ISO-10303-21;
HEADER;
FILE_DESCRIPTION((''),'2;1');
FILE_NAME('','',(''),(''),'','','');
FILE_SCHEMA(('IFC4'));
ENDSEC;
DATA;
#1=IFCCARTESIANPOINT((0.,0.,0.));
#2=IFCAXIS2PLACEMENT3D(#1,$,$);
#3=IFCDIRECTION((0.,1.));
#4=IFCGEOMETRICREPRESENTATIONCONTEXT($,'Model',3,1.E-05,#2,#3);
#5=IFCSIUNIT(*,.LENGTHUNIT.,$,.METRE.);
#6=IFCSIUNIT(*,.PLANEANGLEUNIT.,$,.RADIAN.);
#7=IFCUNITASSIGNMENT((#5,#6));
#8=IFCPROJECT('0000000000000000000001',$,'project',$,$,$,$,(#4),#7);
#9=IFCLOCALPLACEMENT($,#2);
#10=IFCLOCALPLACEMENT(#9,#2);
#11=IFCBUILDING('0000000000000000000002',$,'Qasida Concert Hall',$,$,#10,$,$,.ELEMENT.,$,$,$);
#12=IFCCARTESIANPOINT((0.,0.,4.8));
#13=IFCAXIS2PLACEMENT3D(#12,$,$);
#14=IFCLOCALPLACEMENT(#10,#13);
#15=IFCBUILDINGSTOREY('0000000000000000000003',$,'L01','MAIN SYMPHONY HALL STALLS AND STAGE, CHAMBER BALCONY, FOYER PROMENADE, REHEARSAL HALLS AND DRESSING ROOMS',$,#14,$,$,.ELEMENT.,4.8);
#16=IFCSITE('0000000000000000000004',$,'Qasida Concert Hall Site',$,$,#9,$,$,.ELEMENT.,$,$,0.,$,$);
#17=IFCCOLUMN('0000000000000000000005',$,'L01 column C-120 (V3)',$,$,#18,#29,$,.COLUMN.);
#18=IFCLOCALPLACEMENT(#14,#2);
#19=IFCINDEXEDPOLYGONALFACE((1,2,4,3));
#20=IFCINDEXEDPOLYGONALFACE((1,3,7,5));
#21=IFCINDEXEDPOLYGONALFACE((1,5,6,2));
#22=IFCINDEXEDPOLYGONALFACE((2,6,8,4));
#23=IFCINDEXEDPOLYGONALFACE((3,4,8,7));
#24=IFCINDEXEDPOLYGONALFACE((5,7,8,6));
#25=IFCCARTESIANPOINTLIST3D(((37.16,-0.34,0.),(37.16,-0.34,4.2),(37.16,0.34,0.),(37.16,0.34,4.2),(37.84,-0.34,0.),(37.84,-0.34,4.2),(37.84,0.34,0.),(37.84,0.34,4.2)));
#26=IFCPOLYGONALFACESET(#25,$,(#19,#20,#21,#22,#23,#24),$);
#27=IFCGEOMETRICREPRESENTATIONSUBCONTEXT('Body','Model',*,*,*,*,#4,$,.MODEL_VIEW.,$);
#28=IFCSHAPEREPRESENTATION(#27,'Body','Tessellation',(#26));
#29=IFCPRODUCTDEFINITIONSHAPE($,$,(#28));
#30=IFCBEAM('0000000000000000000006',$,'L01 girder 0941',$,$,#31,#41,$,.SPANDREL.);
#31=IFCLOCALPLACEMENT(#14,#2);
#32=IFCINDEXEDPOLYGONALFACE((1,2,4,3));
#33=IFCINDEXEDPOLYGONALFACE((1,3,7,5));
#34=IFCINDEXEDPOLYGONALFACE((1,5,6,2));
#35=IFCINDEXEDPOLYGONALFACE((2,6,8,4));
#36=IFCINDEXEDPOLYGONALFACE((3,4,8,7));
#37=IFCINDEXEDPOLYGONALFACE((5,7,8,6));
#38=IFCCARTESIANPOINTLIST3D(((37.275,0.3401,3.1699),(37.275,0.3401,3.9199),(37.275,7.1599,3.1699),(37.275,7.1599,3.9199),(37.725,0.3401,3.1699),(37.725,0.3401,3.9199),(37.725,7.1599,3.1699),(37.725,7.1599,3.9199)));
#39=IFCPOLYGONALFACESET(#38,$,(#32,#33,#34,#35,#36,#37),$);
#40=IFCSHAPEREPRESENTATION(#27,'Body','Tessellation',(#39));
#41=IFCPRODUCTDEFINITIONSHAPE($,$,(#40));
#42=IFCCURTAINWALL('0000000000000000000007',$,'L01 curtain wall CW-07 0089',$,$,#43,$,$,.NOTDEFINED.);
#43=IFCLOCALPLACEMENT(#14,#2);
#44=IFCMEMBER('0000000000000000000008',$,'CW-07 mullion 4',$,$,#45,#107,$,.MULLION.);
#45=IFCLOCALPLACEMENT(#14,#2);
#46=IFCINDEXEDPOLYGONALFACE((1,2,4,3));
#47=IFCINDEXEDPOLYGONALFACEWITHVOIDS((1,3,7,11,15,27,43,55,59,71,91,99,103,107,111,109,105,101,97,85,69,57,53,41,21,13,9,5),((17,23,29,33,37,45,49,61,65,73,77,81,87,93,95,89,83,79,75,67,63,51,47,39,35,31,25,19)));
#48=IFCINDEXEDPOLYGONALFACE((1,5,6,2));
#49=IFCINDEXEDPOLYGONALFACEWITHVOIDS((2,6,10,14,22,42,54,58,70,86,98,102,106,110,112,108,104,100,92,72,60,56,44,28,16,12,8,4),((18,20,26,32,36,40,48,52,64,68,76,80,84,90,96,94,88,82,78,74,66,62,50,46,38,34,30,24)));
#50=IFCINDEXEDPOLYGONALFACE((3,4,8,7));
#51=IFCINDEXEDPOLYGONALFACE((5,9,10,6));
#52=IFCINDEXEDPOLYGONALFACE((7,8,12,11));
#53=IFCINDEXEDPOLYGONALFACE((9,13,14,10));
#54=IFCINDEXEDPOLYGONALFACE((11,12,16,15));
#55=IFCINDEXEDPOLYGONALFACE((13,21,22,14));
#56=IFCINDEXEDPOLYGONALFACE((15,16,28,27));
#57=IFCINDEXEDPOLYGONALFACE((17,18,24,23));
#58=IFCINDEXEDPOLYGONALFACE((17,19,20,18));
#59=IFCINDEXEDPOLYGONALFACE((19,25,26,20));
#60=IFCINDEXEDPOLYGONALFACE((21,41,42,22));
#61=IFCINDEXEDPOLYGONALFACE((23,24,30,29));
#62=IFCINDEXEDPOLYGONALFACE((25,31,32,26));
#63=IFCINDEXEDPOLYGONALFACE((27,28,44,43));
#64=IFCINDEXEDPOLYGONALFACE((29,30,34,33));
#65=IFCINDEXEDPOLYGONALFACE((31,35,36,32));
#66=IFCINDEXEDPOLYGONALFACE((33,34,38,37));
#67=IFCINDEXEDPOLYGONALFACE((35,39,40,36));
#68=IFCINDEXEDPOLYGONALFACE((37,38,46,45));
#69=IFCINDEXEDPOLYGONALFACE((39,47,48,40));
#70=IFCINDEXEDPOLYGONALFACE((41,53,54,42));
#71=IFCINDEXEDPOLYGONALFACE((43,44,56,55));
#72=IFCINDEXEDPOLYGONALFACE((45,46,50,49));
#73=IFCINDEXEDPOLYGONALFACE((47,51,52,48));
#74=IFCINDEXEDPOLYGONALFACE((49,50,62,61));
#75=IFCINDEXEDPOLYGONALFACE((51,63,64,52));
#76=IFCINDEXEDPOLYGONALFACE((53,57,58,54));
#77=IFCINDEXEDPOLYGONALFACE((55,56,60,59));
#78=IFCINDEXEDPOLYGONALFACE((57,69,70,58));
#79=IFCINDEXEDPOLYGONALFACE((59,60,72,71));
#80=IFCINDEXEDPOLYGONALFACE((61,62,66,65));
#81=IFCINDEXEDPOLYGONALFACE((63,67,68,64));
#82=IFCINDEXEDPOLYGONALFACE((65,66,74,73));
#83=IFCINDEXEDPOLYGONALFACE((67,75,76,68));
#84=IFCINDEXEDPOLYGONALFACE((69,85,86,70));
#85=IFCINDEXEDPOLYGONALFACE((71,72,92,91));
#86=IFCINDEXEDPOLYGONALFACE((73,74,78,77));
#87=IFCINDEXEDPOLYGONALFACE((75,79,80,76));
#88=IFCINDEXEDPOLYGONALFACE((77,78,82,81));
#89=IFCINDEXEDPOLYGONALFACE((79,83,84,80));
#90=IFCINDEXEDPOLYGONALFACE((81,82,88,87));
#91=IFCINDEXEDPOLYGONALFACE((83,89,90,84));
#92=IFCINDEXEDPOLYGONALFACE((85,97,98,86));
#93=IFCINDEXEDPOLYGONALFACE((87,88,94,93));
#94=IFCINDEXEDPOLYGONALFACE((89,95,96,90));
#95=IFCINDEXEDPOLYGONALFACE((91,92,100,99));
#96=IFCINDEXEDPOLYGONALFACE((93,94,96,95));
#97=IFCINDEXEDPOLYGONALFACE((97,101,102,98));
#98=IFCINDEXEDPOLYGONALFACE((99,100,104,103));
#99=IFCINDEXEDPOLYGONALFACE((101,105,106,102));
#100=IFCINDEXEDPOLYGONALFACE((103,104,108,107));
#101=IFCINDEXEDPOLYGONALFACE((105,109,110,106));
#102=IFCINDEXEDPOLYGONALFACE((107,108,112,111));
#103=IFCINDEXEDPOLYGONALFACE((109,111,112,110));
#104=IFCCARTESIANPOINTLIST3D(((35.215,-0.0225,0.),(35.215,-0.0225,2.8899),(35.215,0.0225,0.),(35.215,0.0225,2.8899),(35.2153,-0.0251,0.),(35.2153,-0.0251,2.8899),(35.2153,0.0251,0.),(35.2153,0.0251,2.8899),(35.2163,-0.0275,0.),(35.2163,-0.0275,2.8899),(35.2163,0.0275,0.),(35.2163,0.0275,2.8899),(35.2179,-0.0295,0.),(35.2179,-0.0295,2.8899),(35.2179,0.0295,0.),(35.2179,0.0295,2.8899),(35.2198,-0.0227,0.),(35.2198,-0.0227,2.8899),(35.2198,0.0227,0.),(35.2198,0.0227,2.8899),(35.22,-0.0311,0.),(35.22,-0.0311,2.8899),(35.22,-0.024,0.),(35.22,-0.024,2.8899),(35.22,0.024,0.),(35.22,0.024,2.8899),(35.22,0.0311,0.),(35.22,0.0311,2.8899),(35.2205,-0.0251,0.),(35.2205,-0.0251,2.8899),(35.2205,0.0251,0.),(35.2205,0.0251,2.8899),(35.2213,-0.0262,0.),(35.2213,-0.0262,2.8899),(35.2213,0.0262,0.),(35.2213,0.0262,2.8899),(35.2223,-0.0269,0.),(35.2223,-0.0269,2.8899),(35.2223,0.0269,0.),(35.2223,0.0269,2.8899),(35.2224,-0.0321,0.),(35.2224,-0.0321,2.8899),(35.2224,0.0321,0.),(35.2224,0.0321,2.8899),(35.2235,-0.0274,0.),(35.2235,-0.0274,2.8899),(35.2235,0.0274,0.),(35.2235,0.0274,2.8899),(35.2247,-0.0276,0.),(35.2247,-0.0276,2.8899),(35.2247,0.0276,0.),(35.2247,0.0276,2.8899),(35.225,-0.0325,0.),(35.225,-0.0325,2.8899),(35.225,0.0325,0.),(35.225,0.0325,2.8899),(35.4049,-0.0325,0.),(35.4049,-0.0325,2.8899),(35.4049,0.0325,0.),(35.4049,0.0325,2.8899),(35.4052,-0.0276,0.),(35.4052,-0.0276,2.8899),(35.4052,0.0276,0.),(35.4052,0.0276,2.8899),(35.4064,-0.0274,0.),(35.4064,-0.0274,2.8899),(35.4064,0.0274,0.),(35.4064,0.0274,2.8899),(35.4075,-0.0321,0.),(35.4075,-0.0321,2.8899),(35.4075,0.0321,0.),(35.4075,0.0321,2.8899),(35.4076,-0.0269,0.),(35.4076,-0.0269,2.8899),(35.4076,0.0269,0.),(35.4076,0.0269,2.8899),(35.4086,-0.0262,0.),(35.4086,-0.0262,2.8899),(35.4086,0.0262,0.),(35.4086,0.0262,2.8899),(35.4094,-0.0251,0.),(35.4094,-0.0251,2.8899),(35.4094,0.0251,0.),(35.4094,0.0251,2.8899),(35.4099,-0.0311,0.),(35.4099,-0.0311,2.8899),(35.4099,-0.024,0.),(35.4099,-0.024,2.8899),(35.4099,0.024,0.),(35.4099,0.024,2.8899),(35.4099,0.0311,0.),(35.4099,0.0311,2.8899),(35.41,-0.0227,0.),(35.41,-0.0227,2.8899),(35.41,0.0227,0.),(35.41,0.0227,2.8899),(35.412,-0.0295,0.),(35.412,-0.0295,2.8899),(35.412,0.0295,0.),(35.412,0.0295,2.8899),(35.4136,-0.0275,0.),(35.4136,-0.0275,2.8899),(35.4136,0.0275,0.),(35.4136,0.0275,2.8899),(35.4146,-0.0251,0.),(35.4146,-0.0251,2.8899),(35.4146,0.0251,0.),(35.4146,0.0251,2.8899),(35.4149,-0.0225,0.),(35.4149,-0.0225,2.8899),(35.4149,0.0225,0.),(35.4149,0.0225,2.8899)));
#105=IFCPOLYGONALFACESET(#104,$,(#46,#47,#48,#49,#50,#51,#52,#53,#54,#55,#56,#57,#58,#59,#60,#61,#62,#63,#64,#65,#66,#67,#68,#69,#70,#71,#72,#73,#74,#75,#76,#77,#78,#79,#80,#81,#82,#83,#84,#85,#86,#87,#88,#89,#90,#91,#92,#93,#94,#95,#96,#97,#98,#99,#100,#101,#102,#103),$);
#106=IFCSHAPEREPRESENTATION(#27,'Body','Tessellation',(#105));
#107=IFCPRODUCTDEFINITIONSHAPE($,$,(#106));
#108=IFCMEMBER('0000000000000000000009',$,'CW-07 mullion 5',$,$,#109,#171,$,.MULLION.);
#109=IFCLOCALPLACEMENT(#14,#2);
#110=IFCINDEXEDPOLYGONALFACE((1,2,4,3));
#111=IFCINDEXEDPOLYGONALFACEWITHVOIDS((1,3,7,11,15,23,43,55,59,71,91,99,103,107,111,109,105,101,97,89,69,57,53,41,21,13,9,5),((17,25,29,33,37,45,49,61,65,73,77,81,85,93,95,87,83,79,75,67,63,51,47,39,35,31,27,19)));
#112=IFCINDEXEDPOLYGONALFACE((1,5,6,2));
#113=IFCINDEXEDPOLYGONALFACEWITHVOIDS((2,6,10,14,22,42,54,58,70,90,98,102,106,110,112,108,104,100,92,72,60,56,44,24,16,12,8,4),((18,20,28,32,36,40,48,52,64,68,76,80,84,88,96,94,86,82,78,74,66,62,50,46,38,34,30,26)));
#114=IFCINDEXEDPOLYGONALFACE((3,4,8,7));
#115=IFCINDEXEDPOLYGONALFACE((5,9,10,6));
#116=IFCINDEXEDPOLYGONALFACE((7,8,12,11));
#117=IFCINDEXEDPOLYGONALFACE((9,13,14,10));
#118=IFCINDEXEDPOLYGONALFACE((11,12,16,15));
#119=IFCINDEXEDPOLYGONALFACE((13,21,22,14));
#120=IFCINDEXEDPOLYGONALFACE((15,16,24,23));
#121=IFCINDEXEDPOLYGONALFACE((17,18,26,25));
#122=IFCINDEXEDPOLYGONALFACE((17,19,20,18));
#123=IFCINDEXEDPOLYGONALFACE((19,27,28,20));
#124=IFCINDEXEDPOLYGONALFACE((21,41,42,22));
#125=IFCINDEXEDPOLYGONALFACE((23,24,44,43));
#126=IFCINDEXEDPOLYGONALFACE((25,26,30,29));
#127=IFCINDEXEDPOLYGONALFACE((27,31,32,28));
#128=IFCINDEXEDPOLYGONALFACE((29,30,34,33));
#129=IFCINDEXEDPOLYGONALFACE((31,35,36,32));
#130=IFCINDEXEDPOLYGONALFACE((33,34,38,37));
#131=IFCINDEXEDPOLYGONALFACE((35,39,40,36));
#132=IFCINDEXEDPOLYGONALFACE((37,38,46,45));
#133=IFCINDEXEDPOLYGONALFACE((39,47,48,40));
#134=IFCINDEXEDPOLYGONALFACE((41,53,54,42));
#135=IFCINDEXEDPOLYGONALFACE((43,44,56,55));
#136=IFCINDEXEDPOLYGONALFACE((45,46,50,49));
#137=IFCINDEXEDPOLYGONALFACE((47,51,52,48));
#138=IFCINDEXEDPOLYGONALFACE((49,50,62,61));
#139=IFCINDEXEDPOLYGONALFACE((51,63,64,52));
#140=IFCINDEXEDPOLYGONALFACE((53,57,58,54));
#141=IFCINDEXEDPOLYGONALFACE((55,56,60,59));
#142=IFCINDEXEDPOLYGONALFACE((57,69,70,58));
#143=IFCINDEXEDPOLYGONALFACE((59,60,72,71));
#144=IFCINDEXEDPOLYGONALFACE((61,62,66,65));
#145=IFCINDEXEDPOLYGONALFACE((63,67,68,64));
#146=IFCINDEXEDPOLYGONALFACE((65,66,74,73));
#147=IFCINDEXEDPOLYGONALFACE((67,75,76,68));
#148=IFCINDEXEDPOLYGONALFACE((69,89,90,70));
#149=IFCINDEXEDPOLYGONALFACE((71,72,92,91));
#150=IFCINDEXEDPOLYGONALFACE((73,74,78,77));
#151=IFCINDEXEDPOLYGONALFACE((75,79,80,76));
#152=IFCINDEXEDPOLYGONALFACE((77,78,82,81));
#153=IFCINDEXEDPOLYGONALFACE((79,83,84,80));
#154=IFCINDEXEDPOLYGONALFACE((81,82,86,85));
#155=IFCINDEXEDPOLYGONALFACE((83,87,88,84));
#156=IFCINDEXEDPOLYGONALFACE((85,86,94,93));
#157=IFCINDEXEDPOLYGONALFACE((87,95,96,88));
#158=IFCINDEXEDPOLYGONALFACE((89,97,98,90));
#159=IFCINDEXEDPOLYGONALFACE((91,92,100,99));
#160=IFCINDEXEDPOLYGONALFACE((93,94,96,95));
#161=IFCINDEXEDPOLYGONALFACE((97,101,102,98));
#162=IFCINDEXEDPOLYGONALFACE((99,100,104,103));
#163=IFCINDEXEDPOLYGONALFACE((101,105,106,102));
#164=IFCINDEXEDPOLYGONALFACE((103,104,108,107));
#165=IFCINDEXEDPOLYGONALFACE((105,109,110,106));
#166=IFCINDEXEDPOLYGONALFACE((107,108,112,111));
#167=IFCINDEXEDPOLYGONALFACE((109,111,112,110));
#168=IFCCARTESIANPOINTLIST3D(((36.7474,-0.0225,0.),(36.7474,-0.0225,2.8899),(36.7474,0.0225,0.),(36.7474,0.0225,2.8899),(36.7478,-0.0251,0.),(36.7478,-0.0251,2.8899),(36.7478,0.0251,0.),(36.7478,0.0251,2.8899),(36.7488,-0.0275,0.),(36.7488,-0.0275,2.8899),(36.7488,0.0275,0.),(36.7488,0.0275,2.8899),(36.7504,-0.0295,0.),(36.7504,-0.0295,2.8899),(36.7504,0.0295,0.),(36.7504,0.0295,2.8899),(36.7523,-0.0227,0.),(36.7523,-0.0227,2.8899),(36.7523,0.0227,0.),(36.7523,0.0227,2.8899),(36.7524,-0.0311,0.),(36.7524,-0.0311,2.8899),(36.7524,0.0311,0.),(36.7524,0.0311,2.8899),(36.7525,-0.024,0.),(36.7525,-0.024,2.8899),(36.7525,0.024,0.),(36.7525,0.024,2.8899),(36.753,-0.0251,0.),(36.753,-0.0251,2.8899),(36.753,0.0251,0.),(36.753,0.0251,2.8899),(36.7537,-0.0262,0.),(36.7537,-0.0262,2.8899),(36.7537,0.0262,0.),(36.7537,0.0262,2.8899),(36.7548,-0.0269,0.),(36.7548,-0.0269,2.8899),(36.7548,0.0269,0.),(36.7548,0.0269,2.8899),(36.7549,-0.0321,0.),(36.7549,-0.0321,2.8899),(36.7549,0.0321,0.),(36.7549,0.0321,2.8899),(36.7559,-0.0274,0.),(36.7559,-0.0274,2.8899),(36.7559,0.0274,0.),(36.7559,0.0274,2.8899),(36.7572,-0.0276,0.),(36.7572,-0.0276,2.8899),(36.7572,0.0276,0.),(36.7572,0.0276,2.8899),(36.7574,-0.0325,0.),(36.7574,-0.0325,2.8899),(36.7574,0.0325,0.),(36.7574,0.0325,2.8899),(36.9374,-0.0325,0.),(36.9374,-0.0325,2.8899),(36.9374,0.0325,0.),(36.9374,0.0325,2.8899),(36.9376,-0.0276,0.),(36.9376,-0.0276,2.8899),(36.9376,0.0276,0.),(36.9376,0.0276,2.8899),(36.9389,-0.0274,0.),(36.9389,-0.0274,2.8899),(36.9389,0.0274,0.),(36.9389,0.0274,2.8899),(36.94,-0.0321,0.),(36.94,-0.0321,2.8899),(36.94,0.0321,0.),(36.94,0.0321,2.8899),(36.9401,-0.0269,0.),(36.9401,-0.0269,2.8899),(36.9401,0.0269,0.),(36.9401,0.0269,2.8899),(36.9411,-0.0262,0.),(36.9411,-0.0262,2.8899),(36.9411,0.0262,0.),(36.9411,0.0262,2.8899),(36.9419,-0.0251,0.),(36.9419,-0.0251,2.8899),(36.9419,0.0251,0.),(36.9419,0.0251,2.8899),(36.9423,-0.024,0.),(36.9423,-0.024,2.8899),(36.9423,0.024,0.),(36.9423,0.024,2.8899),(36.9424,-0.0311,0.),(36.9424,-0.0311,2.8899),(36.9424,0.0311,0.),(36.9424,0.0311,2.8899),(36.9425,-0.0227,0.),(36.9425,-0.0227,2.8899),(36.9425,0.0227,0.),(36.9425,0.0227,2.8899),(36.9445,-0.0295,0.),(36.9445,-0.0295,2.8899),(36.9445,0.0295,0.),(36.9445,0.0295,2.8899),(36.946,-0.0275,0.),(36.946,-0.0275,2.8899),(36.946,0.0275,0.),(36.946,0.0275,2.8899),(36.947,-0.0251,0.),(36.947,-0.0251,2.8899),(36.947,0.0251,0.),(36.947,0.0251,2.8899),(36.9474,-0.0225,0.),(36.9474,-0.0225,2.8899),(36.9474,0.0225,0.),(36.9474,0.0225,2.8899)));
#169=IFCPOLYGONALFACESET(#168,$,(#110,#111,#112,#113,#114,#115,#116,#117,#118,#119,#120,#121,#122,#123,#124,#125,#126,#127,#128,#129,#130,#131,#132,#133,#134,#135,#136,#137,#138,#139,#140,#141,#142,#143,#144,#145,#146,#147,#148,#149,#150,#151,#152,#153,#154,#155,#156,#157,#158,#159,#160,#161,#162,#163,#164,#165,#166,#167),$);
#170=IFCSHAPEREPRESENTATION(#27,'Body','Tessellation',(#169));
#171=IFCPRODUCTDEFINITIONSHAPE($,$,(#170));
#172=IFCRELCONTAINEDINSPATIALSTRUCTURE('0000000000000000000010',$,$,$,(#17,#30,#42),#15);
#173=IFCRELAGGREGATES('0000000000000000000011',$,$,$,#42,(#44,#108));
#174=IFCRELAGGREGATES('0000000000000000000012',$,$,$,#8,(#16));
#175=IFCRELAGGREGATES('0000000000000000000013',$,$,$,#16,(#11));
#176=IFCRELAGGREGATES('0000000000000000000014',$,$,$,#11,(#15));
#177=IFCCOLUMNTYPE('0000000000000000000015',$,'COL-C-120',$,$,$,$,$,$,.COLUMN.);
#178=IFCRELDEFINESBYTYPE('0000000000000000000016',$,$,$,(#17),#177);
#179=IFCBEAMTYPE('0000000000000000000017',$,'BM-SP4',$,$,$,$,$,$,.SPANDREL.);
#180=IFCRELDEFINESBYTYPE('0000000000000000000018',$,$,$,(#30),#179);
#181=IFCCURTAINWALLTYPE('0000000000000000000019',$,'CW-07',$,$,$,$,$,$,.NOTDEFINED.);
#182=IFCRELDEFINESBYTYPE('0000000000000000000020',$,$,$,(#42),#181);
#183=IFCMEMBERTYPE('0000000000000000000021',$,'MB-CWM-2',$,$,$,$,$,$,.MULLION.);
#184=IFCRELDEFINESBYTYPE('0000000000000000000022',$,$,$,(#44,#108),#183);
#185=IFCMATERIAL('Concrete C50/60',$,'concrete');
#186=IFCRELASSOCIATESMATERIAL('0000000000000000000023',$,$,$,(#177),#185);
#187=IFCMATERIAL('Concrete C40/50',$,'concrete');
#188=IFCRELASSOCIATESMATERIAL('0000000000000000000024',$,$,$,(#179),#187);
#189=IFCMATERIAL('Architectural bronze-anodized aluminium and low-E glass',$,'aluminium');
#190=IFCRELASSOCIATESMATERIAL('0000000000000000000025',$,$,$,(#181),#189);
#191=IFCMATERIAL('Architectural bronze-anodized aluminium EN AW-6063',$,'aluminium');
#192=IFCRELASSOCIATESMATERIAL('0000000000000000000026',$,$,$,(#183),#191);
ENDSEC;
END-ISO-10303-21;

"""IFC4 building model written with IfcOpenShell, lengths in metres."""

from ifc_helpers import new_model, si_unit, direction, frame, origin, origin_2d, place, context, subcontext, project, spatial, rectangle, hollow_rectangle, extrude, material, material_profile, profile_set, type_object, element, aggregate, save


model = new_model("IFC4")

# Units and contexts
model_context = context("Model", 3, precision=1e-05, world=origin(), true_north=direction((0.0, 1.0)))
body_context = subcontext(model_context, "Body", "Model", "MODEL_VIEW")
ifc_project = project(units=[si_unit("LENGTHUNIT", "METRE"), si_unit("PLANEANGLEUNIT", "RADIAN")], contexts=[model_context])

# Site, building, storey
site_placement = place(None, origin())
site = spatial("IfcSite", under=ifc_project, at=site_placement, Name="Qasida Concert Hall Site", CompositionType="ELEMENT", RefElevation=0.0)
building_placement = place(site_placement, origin())
building = spatial("IfcBuilding", under=site, at=building_placement, Name="Qasida Concert Hall", CompositionType="ELEMENT")
storey_placement = place(building_placement, frame((0.0, 0.0, 4.8)))
storey = spatial("IfcBuildingStorey", under=building, at=storey_placement, Name="L01", Description="MAIN SYMPHONY HALL STALLS AND STAGE, CHAMBER BALCONY, FOYER PROMENADE, REHEARSAL HALLS AND DRESSING ROOMS", CompositionType="ELEMENT", Elevation=4.8)

# Column
ifc_material_1 = material(Name="Concrete C50/60", Category="concrete")
ifc_material_profile_1 = material_profile(ifc_material_1, rectangle(XDim=0.6799, YDim=0.6799, at=origin_2d()), Name="RC 680x680")
ifc_profile_set_1 = profile_set([ifc_material_profile_1], Name="Concrete C50/60")
column_type = type_object("IfcColumnType", Name="COL-C-120", PredefinedType="COLUMN", material=ifc_profile_set_1)
column_placement = place(storey_placement, frame((37.5, 0.0, 0.0), z_axis=(0.0, 0.0, 1.0), x_axis=(1.0, 0.0, 0.0)))
element("IfcColumn", 1, at=column_placement, inside=storey, type_object=column_type, Name="L01 column C-120 (V3)", PredefinedType="COLUMN", context=body_context, shape_type="SweptSolid", body=[
    extrude(rectangle(XDim=0.6799, YDim=0.6799, at=origin_2d()), origin(), (0.0, 0.0, 1.0), 4.2),
])

# Beam
ifc_material_2 = material(Name="Concrete C40/50", Category="concrete")
ifc_material_profile_2 = material_profile(ifc_material_2, rectangle(XDim=0.45, YDim=0.75, at=origin_2d()), Name="RC 450x750")
ifc_profile_set_2 = profile_set([ifc_material_profile_2], Name="Concrete C40/50")
beam_type = type_object("IfcBeamType", Name="BM-SP4", PredefinedType="SPANDREL", material=ifc_profile_set_2)
beam_placement = place(storey_placement, frame((37.5, 0.3401, 3.5449), z_axis=(0.0, 1.0, 0.0), x_axis=(-1.0, 0.0, 0.0)))
element("IfcBeam", 2, at=beam_placement, inside=storey, type_object=beam_type, Name="L01 girder 0941", PredefinedType="SPANDREL", context=body_context, shape_type="SweptSolid", body=[
    extrude(rectangle(XDim=0.45, YDim=0.75, at=origin_2d()), origin(), (0.0, 0.0, 1.0), 6.8198),
])

# Curtain wall, members
ifc_material_3 = material(Name="Architectural bronze-anodized aluminium and low-E glass", Category="aluminium")
curtain_wall_type = type_object("IfcCurtainWallType", Name="CW-07", PredefinedType="NOTDEFINED", material=ifc_material_3)
curtain_wall_1_placement = place(storey_placement, origin())
curtain_wall_1 = element("IfcCurtainWall", 3, at=curtain_wall_1_placement, inside=storey, type_object=curtain_wall_type, Name="L01 curtain wall CW-07 0089", PredefinedType="NOTDEFINED")
ifc_material_4 = material(Name="Architectural bronze-anodized aluminium EN AW-6063", Category="aluminium")
ifc_material_profile_3 = material_profile(ifc_material_4, hollow_rectangle(XDim=0.0649, YDim=0.2, WallThickness=0.0049, InnerFilletRadius=0.0049, OuterFilletRadius=0.01, at=origin_2d()), Name="CWM 200x65x5")
ifc_profile_set_3 = profile_set([ifc_material_profile_3], Name="Architectural bronze-anodized aluminium EN AW-6063")
member_type_1 = type_object("IfcMemberType", Name="MB-CWM-2", PredefinedType="MULLION", material=ifc_profile_set_3)
member_1_placement = place(storey_placement, frame((35.3149, 0.0, 0.0), z_axis=(0.0, 0.0, 1.0), x_axis=(0.0, 1.0, 0.0)))
member_1 = element("IfcMember", 4, at=member_1_placement, type_object=member_type_1, Name="CW-07 mullion 4", PredefinedType="MULLION", context=body_context, shape_type="SweptSolid", body=[
    extrude(hollow_rectangle(XDim=0.0649, YDim=0.2, WallThickness=0.0049, InnerFilletRadius=0.0049, OuterFilletRadius=0.01, at=origin_2d()), origin(), (0.0, 0.0, 1.0), 2.8899),
])
member_2_placement = place(storey_placement, frame((36.8474, 0.0, 0.0), z_axis=(0.0, 0.0, 1.0), x_axis=(0.0, 1.0, 0.0)))
member_2 = element("IfcMember", 5, at=member_2_placement, type_object=member_type_1, Name="CW-07 mullion 5", PredefinedType="MULLION", context=body_context, shape_type="SweptSolid", body=[
    extrude(hollow_rectangle(XDim=0.0649, YDim=0.2, WallThickness=0.0049, InnerFilletRadius=0.0049, OuterFilletRadius=0.01, at=origin_2d()), origin(), (0.0, 0.0, 1.0), 2.8899),
])

aggregate(curtain_wall_1, [member_1, member_2])

save(model, "model.ifc")
